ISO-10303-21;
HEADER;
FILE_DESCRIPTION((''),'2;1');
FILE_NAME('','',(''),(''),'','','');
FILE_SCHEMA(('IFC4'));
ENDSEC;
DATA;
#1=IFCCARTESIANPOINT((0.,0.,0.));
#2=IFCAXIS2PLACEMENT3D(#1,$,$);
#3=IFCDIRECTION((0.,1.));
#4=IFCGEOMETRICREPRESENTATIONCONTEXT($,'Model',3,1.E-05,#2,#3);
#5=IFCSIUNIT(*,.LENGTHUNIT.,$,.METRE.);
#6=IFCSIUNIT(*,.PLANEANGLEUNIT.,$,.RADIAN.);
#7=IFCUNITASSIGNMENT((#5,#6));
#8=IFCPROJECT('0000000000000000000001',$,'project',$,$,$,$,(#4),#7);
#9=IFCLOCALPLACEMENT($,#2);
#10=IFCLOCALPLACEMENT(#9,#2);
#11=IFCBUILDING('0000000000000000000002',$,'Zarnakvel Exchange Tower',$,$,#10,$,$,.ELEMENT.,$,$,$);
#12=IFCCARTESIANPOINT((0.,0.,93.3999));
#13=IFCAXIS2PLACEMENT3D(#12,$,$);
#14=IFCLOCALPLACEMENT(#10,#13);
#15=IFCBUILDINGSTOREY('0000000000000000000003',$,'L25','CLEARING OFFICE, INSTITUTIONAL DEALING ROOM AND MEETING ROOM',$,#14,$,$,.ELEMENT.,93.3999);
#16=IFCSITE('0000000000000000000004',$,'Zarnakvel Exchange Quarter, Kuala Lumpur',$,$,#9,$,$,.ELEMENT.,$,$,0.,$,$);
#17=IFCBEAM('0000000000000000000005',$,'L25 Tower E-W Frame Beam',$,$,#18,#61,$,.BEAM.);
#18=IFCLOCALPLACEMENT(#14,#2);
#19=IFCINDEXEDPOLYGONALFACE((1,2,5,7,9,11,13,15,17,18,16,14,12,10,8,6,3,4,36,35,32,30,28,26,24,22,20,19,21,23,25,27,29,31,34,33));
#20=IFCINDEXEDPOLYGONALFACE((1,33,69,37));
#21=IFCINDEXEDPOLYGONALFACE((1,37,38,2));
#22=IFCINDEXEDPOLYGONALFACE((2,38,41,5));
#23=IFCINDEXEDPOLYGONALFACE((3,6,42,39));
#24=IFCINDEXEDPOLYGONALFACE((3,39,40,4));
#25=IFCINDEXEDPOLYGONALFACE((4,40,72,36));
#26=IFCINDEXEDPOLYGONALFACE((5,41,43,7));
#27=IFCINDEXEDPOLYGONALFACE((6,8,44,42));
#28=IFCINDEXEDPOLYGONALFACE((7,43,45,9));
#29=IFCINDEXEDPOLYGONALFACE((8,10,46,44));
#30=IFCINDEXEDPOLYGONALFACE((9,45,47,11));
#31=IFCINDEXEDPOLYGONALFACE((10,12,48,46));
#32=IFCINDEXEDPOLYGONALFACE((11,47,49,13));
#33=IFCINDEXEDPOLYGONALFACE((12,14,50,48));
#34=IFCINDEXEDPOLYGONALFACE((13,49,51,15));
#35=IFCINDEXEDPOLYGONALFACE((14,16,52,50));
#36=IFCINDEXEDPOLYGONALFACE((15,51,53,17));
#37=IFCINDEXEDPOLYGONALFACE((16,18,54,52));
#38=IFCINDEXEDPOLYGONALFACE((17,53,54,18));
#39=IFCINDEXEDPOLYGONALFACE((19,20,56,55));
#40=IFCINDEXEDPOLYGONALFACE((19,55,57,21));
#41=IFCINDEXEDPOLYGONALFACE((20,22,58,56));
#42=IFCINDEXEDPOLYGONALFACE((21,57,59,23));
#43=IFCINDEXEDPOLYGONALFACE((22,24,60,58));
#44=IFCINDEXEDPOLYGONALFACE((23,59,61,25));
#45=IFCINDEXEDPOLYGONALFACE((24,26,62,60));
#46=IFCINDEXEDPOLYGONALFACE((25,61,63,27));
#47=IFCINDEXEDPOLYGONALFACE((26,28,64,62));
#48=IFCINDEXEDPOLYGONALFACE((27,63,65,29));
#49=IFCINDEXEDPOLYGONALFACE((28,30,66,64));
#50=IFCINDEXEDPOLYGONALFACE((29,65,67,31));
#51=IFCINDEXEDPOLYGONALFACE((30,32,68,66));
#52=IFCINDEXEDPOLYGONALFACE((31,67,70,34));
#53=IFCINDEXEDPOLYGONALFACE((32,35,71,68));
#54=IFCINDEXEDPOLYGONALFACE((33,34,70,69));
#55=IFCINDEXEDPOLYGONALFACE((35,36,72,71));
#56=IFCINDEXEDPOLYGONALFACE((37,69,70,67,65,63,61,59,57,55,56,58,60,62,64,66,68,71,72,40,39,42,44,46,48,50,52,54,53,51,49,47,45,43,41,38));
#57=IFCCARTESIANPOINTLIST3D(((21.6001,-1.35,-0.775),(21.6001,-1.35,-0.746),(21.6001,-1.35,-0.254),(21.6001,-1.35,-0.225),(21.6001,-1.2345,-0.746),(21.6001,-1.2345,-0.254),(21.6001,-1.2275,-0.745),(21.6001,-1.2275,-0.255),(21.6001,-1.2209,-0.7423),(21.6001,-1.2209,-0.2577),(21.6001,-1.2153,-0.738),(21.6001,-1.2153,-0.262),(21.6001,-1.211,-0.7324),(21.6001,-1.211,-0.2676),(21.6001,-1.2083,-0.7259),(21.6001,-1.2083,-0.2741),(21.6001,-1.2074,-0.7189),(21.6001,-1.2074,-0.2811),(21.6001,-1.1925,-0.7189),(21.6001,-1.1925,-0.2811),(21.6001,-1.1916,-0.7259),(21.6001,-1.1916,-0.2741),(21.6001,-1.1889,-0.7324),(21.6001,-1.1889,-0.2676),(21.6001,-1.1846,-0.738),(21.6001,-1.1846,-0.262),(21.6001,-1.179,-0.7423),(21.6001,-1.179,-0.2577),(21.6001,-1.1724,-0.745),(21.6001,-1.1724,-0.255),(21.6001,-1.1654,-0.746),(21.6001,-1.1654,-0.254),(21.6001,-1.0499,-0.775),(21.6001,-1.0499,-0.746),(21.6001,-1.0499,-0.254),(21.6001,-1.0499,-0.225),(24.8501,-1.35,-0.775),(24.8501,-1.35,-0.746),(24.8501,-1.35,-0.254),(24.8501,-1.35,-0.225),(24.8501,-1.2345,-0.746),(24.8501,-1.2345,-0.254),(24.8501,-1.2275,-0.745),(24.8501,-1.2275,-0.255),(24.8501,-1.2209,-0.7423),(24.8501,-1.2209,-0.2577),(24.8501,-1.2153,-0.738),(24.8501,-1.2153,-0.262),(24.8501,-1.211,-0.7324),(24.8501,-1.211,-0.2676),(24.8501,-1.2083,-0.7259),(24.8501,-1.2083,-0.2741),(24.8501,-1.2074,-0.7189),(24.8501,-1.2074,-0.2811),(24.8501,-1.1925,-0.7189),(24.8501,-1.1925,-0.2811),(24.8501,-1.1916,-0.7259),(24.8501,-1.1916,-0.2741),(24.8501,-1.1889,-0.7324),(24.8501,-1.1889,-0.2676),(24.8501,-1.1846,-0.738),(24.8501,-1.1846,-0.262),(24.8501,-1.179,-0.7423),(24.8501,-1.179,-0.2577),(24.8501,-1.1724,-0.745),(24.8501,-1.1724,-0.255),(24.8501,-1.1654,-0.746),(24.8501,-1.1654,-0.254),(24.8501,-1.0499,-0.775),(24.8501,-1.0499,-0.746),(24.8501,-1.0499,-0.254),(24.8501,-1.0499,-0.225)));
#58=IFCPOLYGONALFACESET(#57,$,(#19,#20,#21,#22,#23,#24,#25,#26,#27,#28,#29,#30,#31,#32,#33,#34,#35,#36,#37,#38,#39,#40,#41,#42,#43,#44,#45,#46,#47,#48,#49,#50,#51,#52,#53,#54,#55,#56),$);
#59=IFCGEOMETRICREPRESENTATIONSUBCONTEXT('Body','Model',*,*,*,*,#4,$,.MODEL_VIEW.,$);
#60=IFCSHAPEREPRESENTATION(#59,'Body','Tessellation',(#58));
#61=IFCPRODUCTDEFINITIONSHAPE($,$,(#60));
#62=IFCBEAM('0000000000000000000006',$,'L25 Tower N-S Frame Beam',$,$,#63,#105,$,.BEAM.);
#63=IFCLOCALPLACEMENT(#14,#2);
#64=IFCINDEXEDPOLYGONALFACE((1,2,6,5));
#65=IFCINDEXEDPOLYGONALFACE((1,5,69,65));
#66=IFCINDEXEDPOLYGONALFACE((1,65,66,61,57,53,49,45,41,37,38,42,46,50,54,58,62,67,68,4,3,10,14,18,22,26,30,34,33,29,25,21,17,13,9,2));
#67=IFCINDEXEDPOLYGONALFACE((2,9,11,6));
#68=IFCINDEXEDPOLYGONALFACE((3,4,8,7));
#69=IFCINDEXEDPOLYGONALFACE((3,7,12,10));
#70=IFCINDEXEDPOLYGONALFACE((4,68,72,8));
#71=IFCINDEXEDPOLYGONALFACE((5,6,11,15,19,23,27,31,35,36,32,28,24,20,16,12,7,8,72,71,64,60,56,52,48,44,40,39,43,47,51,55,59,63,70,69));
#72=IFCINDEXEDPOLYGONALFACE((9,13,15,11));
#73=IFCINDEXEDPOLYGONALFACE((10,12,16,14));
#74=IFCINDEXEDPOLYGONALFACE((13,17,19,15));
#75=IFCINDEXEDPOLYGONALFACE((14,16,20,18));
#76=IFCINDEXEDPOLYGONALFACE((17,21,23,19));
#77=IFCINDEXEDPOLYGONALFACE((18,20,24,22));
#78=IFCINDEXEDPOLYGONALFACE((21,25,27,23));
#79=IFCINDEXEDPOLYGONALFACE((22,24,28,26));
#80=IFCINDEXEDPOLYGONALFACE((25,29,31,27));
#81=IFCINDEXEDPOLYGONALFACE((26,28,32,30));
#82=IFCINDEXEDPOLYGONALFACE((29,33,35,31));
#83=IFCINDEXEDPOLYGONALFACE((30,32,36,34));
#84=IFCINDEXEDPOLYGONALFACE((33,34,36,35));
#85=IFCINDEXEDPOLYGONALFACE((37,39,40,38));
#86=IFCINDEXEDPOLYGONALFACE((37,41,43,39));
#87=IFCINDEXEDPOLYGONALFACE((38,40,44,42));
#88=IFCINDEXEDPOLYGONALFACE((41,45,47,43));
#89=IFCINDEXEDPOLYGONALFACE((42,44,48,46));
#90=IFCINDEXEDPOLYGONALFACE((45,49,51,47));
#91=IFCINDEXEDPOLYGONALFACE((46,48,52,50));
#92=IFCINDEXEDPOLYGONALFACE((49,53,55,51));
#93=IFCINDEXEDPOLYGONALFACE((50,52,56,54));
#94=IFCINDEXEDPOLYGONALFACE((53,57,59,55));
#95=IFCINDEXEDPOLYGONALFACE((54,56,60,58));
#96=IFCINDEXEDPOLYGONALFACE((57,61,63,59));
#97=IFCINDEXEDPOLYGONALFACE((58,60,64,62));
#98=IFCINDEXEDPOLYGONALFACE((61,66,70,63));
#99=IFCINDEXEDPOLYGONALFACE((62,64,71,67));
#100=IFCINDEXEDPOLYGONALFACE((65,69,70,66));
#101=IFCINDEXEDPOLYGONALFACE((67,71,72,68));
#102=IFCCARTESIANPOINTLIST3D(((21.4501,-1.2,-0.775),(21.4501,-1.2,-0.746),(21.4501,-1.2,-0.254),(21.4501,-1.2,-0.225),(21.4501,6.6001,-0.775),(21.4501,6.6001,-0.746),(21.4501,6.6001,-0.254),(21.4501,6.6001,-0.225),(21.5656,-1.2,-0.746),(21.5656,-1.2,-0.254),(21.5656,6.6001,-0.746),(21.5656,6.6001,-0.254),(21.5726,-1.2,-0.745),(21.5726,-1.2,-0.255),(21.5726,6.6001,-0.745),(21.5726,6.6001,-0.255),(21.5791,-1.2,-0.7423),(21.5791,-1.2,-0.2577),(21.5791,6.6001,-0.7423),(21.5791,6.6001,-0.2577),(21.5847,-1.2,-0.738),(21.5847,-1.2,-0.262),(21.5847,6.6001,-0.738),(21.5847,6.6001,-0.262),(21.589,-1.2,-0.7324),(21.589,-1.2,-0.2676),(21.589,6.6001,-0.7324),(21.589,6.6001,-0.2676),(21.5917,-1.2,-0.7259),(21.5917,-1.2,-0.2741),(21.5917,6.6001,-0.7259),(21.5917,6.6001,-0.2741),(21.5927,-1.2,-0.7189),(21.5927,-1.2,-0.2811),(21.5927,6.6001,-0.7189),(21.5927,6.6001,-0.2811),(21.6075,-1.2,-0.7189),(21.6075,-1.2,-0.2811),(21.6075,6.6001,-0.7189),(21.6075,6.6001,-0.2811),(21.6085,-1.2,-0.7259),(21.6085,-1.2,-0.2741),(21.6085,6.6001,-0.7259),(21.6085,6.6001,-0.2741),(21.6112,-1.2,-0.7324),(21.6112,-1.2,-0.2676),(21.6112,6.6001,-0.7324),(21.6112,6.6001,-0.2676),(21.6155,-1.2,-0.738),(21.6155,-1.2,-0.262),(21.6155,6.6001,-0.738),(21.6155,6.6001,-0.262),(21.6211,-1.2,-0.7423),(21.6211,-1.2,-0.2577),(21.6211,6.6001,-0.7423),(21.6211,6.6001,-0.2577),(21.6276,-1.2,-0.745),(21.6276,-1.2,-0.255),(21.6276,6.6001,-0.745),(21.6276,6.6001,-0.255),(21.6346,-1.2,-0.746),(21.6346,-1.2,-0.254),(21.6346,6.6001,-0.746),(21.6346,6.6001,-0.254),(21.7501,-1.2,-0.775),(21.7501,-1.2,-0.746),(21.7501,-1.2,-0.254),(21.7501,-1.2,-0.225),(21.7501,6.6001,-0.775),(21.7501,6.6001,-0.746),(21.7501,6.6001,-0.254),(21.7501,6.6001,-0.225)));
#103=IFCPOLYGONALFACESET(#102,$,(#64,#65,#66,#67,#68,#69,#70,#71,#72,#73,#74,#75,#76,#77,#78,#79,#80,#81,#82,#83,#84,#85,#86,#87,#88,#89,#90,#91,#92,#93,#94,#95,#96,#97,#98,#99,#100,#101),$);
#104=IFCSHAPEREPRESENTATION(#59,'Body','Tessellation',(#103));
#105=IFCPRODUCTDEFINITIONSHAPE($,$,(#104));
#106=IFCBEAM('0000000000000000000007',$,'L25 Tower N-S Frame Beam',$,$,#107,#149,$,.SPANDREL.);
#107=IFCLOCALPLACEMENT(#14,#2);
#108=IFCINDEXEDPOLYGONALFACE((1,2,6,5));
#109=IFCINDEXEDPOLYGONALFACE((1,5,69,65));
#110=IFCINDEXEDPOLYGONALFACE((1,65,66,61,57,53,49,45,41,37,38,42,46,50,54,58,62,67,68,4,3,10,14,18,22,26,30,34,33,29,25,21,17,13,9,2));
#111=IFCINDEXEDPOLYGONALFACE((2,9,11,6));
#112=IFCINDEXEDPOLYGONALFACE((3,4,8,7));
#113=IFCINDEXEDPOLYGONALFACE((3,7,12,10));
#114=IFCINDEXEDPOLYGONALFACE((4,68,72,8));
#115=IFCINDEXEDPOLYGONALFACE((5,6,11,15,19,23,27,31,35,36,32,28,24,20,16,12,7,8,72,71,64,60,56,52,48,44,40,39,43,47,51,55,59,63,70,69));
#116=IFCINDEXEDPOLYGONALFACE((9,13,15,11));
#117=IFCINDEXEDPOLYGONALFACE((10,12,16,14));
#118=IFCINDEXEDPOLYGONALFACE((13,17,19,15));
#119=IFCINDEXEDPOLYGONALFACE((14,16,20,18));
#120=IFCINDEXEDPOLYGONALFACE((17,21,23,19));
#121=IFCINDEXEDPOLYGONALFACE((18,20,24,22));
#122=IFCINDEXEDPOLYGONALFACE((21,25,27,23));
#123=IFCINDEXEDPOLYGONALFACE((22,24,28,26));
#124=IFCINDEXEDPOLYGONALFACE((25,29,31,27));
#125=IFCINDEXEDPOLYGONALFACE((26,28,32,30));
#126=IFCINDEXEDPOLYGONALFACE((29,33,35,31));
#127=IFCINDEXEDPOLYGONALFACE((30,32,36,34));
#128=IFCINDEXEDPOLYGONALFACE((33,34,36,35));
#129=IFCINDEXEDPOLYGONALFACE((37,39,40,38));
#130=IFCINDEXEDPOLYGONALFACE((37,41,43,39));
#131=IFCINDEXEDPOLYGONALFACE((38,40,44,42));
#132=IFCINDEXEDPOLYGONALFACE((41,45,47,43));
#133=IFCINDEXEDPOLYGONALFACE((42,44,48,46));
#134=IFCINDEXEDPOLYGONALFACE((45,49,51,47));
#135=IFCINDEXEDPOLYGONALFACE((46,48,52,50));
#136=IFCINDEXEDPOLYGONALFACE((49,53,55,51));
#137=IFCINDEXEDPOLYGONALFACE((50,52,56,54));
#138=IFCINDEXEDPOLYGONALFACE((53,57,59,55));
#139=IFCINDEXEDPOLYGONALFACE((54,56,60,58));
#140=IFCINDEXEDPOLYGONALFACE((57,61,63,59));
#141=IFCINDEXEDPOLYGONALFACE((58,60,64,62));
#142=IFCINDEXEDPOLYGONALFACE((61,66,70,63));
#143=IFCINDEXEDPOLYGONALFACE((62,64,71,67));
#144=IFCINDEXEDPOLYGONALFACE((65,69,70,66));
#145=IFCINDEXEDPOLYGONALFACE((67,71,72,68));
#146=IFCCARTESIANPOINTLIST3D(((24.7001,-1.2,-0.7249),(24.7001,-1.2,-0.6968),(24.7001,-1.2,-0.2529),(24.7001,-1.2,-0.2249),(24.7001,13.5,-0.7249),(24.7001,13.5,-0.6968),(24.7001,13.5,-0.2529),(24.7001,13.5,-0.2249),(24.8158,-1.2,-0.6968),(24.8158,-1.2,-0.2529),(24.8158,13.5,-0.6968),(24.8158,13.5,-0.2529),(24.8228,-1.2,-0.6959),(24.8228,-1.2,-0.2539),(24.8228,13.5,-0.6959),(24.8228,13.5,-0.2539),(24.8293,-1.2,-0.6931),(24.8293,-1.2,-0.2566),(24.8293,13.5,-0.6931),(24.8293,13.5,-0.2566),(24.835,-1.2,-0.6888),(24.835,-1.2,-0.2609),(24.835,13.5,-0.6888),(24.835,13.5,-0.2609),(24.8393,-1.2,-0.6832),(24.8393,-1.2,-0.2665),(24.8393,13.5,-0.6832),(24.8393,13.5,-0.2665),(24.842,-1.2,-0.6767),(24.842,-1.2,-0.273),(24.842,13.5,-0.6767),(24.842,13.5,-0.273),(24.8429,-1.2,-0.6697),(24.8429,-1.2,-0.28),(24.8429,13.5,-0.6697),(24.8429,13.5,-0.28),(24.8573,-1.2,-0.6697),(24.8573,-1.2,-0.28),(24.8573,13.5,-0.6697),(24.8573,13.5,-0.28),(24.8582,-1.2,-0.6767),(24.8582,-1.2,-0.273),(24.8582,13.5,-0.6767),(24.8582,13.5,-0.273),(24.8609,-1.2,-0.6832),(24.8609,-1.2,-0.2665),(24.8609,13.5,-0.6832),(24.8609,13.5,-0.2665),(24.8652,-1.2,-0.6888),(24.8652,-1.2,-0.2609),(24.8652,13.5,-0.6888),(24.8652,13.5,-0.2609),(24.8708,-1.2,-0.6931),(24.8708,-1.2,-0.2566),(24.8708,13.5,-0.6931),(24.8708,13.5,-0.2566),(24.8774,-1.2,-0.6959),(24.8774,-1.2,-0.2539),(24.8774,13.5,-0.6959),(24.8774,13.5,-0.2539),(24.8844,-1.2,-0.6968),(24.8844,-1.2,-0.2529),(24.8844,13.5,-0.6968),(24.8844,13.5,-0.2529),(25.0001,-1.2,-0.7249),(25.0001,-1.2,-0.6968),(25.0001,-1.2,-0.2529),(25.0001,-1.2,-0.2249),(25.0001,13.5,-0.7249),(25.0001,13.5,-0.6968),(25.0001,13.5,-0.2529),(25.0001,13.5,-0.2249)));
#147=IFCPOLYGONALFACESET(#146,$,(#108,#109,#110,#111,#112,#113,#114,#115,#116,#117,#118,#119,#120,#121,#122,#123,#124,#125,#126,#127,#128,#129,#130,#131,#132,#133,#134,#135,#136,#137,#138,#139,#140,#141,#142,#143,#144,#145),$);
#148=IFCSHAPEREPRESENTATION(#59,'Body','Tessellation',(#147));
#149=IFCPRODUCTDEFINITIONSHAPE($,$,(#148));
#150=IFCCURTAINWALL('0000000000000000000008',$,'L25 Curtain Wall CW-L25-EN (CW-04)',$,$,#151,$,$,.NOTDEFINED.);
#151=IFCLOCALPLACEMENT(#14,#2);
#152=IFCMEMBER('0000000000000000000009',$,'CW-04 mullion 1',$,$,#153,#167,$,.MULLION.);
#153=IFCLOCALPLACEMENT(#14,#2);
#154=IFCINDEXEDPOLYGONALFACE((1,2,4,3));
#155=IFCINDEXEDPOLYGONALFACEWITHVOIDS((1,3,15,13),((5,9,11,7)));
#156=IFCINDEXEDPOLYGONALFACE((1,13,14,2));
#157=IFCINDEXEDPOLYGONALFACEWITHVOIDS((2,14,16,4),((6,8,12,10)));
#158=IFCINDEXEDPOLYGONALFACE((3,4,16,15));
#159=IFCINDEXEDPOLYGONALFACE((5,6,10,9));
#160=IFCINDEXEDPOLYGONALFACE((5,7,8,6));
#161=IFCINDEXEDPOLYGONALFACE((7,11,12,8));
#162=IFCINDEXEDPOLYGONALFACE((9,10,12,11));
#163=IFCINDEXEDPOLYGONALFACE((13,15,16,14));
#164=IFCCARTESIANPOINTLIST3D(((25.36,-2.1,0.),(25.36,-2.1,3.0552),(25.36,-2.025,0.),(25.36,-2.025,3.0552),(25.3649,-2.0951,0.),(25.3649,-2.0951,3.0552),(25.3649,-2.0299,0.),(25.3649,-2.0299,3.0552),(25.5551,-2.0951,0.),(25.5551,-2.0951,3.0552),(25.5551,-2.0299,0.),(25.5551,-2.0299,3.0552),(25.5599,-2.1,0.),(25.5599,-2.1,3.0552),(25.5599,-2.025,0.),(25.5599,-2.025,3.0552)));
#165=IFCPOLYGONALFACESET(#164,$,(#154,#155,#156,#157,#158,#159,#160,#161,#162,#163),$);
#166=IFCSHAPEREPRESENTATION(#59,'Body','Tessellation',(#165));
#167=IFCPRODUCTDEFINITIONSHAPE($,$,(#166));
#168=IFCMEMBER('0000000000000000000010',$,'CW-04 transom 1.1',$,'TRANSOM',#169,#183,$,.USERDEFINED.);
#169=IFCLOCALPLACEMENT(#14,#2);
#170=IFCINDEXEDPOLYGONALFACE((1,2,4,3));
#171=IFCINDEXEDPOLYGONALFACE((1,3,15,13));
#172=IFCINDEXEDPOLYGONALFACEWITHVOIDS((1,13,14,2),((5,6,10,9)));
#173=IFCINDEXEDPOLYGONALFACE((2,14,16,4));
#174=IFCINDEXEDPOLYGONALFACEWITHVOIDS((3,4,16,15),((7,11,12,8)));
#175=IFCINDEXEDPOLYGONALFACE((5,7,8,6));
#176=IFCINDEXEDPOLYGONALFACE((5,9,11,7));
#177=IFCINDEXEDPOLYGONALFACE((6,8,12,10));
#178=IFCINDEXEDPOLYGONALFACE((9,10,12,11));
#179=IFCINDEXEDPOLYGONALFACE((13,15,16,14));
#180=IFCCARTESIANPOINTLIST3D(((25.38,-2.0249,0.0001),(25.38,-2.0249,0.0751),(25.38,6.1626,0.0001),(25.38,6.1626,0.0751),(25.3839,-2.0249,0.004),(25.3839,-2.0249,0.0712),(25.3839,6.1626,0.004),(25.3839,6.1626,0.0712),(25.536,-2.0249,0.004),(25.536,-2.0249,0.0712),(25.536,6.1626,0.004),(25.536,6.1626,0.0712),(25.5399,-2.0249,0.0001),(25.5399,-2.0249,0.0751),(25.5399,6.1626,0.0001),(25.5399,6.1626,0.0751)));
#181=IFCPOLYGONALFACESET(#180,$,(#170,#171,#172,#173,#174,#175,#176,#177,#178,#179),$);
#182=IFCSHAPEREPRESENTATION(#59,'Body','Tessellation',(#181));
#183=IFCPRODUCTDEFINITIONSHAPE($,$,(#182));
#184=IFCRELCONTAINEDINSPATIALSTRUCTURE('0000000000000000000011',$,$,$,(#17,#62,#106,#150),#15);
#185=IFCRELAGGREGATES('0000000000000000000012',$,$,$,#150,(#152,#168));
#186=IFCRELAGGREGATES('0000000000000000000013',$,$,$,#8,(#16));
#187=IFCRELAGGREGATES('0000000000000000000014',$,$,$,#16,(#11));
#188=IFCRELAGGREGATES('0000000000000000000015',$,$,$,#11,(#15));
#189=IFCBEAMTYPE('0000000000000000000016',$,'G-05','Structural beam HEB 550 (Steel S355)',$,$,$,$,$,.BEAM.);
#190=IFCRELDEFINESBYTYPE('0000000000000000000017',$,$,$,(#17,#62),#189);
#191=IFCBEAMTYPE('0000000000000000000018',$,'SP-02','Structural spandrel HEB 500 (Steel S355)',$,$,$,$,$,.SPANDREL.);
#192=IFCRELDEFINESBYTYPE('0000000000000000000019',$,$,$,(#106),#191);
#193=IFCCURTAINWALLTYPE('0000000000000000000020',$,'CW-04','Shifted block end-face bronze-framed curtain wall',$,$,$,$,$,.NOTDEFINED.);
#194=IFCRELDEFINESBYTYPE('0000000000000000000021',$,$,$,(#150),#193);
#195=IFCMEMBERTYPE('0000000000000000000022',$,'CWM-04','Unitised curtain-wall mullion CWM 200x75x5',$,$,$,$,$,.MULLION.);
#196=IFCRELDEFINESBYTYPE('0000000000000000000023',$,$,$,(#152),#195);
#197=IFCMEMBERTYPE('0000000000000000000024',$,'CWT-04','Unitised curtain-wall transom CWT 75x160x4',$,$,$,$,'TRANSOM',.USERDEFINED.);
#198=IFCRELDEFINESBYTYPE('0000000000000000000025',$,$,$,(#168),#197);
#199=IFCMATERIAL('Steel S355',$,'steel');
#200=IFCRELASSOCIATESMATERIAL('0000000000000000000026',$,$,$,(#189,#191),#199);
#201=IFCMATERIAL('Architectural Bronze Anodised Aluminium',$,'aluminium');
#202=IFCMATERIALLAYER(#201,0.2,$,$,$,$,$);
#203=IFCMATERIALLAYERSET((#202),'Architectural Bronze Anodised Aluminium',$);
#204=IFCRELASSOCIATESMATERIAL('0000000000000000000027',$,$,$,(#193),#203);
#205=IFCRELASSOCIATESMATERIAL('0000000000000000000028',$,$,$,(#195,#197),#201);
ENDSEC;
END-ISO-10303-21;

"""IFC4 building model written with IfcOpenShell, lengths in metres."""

from ifc_helpers import new_model, si_unit, direction, frame, origin, origin_2d, place, context, subcontext, project, spatial, hollow_rectangle, i_section, extrude, source, transform, mapped, material, layer, layer_set, material_profile, profile_set, type_object, element, aggregate, save


model = new_model("IFC4")

# Units and contexts
model_context = context("Model", 3, precision=1e-05, world=origin(), true_north=direction((0.0, 1.0)))
body_context = subcontext(model_context, "Body", "Model", "MODEL_VIEW")
ifc_project = project(units=[si_unit("LENGTHUNIT", "METRE"), si_unit("PLANEANGLEUNIT", "RADIAN")], contexts=[model_context])

# Site, building, storey
site_placement = place(None, origin())
site = spatial("IfcSite", under=ifc_project, at=site_placement, Name="Zarnakvel Exchange Quarter, Kuala Lumpur", CompositionType="ELEMENT", RefElevation=0.0)
building_placement = place(site_placement, origin())
building = spatial("IfcBuilding", under=site, at=building_placement, Name="Zarnakvel Exchange Tower", CompositionType="ELEMENT")
storey_placement = place(building_placement, frame((0.0, 0.0, 93.3999)))
storey = spatial("IfcBuildingStorey", under=building, at=storey_placement, Name="L25", Description="CLEARING OFFICE, INSTITUTIONAL DEALING ROOM AND MEETING ROOM", CompositionType="ELEMENT", Elevation=93.3999)

# Shared definitions
ifc_material_1 = material(Name="Steel S355", Category="steel")

# Beams
ifc_material_profile_1 = material_profile(ifc_material_1, i_section(OverallWidth=0.3, OverallDepth=0.55, WebThickness=0.0149, FlangeThickness=0.0291, FilletRadius=0.0271, at=origin_2d()))
ifc_profile_set_1 = profile_set([ifc_material_profile_1], Name="Steel S355")
beam_type_1 = type_object("IfcBeamType", Name="G-05", Description="Structural beam HEB 550 (Steel S355)", PredefinedType="BEAM", material=ifc_profile_set_1)
beam_1_placement = place(storey_placement, frame((21.6001, -1.2, -0.5), z_axis=(1.0, 0.0, 0.0), x_axis=(0.0, 1.0, 0.0)))
element("IfcBeam", 1, at=beam_1_placement, inside=storey, type_object=beam_type_1, Name="L25 Tower E-W Frame Beam", PredefinedType="BEAM", context=body_context, shape_type="SweptSolid", body=[
    extrude(i_section(OverallWidth=0.3, OverallDepth=0.55, WebThickness=0.0149, FlangeThickness=0.0291, FilletRadius=0.0271, at=origin_2d()), origin(), (0.0, 0.0, 1.0), 3.25),
])
beam_2_placement = place(storey_placement, frame((21.6001, -1.2, -0.5), z_axis=(0.0, 1.0, 0.0), x_axis=(-1.0, 0.0, 0.0)))
element("IfcBeam", 2, at=beam_2_placement, inside=storey, type_object=beam_type_1, Name="L25 Tower N-S Frame Beam", PredefinedType="BEAM", context=body_context, shape_type="SweptSolid", body=[
    extrude(i_section(OverallWidth=0.3, OverallDepth=0.55, WebThickness=0.0149, FlangeThickness=0.0291, FilletRadius=0.0271, at=origin_2d()), origin(), (0.0, 0.0, 1.0), 7.8),
])
ifc_material_profile_2 = material_profile(ifc_material_1, i_section(OverallWidth=0.3, OverallDepth=0.5, WebThickness=0.0144, FlangeThickness=0.0281, FilletRadius=0.0271, at=origin_2d()))
ifc_profile_set_2 = profile_set([ifc_material_profile_2], Name="Steel S355")
beam_type_2 = type_object("IfcBeamType", Name="SP-02", Description="Structural spandrel HEB 500 (Steel S355)", PredefinedType="SPANDREL", material=ifc_profile_set_2)
beam_3_placement = place(storey_placement, frame((24.8501, -1.2, -0.4749), z_axis=(0.0, 1.0, 0.0), x_axis=(-1.0, 0.0, 0.0)))
element("IfcBeam", 3, at=beam_3_placement, inside=storey, type_object=beam_type_2, Name="L25 Tower N-S Frame Beam", PredefinedType="SPANDREL", context=body_context, shape_type="SweptSolid", body=[
    extrude(i_section(OverallWidth=0.3, OverallDepth=0.5, WebThickness=0.0144, FlangeThickness=0.0281, FilletRadius=0.0271, at=origin_2d()), origin(), (0.0, 0.0, 1.0), 14.7),
])

# Curtain wall, members
ifc_material_2 = material(Name="Architectural Bronze Anodised Aluminium", Category="aluminium")
ifc_layer_1 = layer(ifc_material_2, 0.2)
ifc_layer_set_1 = layer_set([ifc_layer_1], Name="Architectural Bronze Anodised Aluminium")
curtain_wall_type = type_object("IfcCurtainWallType", Name="CW-04", Description="Shifted block end-face bronze-framed curtain wall", PredefinedType="NOTDEFINED", material=ifc_layer_set_1)
curtain_wall_placement = place(storey_placement, origin())
curtain_wall = element("IfcCurtainWall", 4, at=curtain_wall_placement, inside=storey, type_object=curtain_wall_type, Name="L25 Curtain Wall CW-L25-EN (CW-04)", PredefinedType="NOTDEFINED")
ifc_material_profile_3 = material_profile(ifc_material_2, hollow_rectangle(XDim=0.2, YDim=0.075, WallThickness=0.0049, at=origin_2d()))
ifc_profile_set_3 = profile_set([ifc_material_profile_3], Name="Architectural Bronze Anodised Aluminium")
member_type_1 = type_object("IfcMemberType", Name="CWM-04", Description="Unitised curtain-wall mullion CWM 200x75x5", PredefinedType="MULLION", material=ifc_profile_set_3)
shared_shape_1 = source(origin(), body_context, "Body", "SweptSolid", [
    extrude(hollow_rectangle(XDim=0.2, YDim=0.075, WallThickness=0.0049, at=origin_2d()), origin(), (0.0, 0.0, 1.0), 3.0552),
])
member_1_placement = place(storey_placement, frame((25.46, -2.0625, 0.0), z_axis=(0.0, 0.0, 1.0), x_axis=(-1.0, 0.0, 0.0)))
member_1 = element("IfcMember", 5, at=member_1_placement, type_object=member_type_1, Name="CW-04 mullion 1", PredefinedType="MULLION", context=body_context, shape_type="MappedRepresentation", body=[
    mapped(shared_shape_1, transform((0.0, 0.0, 0.0), x_axis=(1.0, 0.0, 0.0), y_axis=(0.0, 1.0, 0.0), z_axis=(0.0, 0.0, 1.0), scale=1.0)),
])
ifc_material_profile_4 = material_profile(ifc_material_2, hollow_rectangle(XDim=0.1599, YDim=0.075, WallThickness=0.0039, at=origin_2d()))
ifc_profile_set_4 = profile_set([ifc_material_profile_4], Name="Architectural Bronze Anodised Aluminium")
member_type_2 = type_object("IfcMemberType", Name="CWT-04", Description="Unitised curtain-wall transom CWT 75x160x4", ElementType="TRANSOM", PredefinedType="USERDEFINED", material=ifc_profile_set_4)
shared_shape_2 = source(origin(), body_context, "Body", "SweptSolid", [
    extrude(hollow_rectangle(XDim=0.1599, YDim=0.075, WallThickness=0.0039, at=origin_2d()), origin(), (0.0, 0.0, 1.0), 8.1875),
])
member_2_placement = place(storey_placement, frame((25.46, -2.0249, 0.0376), z_axis=(0.0, 1.0, 0.0), x_axis=(-1.0, 0.0, 0.0)))
member_2 = element("IfcMember", 6, at=member_2_placement, type_object=member_type_2, Name="CW-04 transom 1.1", ObjectType="TRANSOM", PredefinedType="USERDEFINED", context=body_context, shape_type="MappedRepresentation", body=[
    mapped(shared_shape_2, transform((0.0, 0.0, 0.0), x_axis=(1.0, 0.0, 0.0), y_axis=(0.0, 1.0, 0.0), z_axis=(0.0, 0.0, 1.0), scale=1.0)),
])
aggregate(curtain_wall, [member_1, member_2])

save(model, "model.ifc")
